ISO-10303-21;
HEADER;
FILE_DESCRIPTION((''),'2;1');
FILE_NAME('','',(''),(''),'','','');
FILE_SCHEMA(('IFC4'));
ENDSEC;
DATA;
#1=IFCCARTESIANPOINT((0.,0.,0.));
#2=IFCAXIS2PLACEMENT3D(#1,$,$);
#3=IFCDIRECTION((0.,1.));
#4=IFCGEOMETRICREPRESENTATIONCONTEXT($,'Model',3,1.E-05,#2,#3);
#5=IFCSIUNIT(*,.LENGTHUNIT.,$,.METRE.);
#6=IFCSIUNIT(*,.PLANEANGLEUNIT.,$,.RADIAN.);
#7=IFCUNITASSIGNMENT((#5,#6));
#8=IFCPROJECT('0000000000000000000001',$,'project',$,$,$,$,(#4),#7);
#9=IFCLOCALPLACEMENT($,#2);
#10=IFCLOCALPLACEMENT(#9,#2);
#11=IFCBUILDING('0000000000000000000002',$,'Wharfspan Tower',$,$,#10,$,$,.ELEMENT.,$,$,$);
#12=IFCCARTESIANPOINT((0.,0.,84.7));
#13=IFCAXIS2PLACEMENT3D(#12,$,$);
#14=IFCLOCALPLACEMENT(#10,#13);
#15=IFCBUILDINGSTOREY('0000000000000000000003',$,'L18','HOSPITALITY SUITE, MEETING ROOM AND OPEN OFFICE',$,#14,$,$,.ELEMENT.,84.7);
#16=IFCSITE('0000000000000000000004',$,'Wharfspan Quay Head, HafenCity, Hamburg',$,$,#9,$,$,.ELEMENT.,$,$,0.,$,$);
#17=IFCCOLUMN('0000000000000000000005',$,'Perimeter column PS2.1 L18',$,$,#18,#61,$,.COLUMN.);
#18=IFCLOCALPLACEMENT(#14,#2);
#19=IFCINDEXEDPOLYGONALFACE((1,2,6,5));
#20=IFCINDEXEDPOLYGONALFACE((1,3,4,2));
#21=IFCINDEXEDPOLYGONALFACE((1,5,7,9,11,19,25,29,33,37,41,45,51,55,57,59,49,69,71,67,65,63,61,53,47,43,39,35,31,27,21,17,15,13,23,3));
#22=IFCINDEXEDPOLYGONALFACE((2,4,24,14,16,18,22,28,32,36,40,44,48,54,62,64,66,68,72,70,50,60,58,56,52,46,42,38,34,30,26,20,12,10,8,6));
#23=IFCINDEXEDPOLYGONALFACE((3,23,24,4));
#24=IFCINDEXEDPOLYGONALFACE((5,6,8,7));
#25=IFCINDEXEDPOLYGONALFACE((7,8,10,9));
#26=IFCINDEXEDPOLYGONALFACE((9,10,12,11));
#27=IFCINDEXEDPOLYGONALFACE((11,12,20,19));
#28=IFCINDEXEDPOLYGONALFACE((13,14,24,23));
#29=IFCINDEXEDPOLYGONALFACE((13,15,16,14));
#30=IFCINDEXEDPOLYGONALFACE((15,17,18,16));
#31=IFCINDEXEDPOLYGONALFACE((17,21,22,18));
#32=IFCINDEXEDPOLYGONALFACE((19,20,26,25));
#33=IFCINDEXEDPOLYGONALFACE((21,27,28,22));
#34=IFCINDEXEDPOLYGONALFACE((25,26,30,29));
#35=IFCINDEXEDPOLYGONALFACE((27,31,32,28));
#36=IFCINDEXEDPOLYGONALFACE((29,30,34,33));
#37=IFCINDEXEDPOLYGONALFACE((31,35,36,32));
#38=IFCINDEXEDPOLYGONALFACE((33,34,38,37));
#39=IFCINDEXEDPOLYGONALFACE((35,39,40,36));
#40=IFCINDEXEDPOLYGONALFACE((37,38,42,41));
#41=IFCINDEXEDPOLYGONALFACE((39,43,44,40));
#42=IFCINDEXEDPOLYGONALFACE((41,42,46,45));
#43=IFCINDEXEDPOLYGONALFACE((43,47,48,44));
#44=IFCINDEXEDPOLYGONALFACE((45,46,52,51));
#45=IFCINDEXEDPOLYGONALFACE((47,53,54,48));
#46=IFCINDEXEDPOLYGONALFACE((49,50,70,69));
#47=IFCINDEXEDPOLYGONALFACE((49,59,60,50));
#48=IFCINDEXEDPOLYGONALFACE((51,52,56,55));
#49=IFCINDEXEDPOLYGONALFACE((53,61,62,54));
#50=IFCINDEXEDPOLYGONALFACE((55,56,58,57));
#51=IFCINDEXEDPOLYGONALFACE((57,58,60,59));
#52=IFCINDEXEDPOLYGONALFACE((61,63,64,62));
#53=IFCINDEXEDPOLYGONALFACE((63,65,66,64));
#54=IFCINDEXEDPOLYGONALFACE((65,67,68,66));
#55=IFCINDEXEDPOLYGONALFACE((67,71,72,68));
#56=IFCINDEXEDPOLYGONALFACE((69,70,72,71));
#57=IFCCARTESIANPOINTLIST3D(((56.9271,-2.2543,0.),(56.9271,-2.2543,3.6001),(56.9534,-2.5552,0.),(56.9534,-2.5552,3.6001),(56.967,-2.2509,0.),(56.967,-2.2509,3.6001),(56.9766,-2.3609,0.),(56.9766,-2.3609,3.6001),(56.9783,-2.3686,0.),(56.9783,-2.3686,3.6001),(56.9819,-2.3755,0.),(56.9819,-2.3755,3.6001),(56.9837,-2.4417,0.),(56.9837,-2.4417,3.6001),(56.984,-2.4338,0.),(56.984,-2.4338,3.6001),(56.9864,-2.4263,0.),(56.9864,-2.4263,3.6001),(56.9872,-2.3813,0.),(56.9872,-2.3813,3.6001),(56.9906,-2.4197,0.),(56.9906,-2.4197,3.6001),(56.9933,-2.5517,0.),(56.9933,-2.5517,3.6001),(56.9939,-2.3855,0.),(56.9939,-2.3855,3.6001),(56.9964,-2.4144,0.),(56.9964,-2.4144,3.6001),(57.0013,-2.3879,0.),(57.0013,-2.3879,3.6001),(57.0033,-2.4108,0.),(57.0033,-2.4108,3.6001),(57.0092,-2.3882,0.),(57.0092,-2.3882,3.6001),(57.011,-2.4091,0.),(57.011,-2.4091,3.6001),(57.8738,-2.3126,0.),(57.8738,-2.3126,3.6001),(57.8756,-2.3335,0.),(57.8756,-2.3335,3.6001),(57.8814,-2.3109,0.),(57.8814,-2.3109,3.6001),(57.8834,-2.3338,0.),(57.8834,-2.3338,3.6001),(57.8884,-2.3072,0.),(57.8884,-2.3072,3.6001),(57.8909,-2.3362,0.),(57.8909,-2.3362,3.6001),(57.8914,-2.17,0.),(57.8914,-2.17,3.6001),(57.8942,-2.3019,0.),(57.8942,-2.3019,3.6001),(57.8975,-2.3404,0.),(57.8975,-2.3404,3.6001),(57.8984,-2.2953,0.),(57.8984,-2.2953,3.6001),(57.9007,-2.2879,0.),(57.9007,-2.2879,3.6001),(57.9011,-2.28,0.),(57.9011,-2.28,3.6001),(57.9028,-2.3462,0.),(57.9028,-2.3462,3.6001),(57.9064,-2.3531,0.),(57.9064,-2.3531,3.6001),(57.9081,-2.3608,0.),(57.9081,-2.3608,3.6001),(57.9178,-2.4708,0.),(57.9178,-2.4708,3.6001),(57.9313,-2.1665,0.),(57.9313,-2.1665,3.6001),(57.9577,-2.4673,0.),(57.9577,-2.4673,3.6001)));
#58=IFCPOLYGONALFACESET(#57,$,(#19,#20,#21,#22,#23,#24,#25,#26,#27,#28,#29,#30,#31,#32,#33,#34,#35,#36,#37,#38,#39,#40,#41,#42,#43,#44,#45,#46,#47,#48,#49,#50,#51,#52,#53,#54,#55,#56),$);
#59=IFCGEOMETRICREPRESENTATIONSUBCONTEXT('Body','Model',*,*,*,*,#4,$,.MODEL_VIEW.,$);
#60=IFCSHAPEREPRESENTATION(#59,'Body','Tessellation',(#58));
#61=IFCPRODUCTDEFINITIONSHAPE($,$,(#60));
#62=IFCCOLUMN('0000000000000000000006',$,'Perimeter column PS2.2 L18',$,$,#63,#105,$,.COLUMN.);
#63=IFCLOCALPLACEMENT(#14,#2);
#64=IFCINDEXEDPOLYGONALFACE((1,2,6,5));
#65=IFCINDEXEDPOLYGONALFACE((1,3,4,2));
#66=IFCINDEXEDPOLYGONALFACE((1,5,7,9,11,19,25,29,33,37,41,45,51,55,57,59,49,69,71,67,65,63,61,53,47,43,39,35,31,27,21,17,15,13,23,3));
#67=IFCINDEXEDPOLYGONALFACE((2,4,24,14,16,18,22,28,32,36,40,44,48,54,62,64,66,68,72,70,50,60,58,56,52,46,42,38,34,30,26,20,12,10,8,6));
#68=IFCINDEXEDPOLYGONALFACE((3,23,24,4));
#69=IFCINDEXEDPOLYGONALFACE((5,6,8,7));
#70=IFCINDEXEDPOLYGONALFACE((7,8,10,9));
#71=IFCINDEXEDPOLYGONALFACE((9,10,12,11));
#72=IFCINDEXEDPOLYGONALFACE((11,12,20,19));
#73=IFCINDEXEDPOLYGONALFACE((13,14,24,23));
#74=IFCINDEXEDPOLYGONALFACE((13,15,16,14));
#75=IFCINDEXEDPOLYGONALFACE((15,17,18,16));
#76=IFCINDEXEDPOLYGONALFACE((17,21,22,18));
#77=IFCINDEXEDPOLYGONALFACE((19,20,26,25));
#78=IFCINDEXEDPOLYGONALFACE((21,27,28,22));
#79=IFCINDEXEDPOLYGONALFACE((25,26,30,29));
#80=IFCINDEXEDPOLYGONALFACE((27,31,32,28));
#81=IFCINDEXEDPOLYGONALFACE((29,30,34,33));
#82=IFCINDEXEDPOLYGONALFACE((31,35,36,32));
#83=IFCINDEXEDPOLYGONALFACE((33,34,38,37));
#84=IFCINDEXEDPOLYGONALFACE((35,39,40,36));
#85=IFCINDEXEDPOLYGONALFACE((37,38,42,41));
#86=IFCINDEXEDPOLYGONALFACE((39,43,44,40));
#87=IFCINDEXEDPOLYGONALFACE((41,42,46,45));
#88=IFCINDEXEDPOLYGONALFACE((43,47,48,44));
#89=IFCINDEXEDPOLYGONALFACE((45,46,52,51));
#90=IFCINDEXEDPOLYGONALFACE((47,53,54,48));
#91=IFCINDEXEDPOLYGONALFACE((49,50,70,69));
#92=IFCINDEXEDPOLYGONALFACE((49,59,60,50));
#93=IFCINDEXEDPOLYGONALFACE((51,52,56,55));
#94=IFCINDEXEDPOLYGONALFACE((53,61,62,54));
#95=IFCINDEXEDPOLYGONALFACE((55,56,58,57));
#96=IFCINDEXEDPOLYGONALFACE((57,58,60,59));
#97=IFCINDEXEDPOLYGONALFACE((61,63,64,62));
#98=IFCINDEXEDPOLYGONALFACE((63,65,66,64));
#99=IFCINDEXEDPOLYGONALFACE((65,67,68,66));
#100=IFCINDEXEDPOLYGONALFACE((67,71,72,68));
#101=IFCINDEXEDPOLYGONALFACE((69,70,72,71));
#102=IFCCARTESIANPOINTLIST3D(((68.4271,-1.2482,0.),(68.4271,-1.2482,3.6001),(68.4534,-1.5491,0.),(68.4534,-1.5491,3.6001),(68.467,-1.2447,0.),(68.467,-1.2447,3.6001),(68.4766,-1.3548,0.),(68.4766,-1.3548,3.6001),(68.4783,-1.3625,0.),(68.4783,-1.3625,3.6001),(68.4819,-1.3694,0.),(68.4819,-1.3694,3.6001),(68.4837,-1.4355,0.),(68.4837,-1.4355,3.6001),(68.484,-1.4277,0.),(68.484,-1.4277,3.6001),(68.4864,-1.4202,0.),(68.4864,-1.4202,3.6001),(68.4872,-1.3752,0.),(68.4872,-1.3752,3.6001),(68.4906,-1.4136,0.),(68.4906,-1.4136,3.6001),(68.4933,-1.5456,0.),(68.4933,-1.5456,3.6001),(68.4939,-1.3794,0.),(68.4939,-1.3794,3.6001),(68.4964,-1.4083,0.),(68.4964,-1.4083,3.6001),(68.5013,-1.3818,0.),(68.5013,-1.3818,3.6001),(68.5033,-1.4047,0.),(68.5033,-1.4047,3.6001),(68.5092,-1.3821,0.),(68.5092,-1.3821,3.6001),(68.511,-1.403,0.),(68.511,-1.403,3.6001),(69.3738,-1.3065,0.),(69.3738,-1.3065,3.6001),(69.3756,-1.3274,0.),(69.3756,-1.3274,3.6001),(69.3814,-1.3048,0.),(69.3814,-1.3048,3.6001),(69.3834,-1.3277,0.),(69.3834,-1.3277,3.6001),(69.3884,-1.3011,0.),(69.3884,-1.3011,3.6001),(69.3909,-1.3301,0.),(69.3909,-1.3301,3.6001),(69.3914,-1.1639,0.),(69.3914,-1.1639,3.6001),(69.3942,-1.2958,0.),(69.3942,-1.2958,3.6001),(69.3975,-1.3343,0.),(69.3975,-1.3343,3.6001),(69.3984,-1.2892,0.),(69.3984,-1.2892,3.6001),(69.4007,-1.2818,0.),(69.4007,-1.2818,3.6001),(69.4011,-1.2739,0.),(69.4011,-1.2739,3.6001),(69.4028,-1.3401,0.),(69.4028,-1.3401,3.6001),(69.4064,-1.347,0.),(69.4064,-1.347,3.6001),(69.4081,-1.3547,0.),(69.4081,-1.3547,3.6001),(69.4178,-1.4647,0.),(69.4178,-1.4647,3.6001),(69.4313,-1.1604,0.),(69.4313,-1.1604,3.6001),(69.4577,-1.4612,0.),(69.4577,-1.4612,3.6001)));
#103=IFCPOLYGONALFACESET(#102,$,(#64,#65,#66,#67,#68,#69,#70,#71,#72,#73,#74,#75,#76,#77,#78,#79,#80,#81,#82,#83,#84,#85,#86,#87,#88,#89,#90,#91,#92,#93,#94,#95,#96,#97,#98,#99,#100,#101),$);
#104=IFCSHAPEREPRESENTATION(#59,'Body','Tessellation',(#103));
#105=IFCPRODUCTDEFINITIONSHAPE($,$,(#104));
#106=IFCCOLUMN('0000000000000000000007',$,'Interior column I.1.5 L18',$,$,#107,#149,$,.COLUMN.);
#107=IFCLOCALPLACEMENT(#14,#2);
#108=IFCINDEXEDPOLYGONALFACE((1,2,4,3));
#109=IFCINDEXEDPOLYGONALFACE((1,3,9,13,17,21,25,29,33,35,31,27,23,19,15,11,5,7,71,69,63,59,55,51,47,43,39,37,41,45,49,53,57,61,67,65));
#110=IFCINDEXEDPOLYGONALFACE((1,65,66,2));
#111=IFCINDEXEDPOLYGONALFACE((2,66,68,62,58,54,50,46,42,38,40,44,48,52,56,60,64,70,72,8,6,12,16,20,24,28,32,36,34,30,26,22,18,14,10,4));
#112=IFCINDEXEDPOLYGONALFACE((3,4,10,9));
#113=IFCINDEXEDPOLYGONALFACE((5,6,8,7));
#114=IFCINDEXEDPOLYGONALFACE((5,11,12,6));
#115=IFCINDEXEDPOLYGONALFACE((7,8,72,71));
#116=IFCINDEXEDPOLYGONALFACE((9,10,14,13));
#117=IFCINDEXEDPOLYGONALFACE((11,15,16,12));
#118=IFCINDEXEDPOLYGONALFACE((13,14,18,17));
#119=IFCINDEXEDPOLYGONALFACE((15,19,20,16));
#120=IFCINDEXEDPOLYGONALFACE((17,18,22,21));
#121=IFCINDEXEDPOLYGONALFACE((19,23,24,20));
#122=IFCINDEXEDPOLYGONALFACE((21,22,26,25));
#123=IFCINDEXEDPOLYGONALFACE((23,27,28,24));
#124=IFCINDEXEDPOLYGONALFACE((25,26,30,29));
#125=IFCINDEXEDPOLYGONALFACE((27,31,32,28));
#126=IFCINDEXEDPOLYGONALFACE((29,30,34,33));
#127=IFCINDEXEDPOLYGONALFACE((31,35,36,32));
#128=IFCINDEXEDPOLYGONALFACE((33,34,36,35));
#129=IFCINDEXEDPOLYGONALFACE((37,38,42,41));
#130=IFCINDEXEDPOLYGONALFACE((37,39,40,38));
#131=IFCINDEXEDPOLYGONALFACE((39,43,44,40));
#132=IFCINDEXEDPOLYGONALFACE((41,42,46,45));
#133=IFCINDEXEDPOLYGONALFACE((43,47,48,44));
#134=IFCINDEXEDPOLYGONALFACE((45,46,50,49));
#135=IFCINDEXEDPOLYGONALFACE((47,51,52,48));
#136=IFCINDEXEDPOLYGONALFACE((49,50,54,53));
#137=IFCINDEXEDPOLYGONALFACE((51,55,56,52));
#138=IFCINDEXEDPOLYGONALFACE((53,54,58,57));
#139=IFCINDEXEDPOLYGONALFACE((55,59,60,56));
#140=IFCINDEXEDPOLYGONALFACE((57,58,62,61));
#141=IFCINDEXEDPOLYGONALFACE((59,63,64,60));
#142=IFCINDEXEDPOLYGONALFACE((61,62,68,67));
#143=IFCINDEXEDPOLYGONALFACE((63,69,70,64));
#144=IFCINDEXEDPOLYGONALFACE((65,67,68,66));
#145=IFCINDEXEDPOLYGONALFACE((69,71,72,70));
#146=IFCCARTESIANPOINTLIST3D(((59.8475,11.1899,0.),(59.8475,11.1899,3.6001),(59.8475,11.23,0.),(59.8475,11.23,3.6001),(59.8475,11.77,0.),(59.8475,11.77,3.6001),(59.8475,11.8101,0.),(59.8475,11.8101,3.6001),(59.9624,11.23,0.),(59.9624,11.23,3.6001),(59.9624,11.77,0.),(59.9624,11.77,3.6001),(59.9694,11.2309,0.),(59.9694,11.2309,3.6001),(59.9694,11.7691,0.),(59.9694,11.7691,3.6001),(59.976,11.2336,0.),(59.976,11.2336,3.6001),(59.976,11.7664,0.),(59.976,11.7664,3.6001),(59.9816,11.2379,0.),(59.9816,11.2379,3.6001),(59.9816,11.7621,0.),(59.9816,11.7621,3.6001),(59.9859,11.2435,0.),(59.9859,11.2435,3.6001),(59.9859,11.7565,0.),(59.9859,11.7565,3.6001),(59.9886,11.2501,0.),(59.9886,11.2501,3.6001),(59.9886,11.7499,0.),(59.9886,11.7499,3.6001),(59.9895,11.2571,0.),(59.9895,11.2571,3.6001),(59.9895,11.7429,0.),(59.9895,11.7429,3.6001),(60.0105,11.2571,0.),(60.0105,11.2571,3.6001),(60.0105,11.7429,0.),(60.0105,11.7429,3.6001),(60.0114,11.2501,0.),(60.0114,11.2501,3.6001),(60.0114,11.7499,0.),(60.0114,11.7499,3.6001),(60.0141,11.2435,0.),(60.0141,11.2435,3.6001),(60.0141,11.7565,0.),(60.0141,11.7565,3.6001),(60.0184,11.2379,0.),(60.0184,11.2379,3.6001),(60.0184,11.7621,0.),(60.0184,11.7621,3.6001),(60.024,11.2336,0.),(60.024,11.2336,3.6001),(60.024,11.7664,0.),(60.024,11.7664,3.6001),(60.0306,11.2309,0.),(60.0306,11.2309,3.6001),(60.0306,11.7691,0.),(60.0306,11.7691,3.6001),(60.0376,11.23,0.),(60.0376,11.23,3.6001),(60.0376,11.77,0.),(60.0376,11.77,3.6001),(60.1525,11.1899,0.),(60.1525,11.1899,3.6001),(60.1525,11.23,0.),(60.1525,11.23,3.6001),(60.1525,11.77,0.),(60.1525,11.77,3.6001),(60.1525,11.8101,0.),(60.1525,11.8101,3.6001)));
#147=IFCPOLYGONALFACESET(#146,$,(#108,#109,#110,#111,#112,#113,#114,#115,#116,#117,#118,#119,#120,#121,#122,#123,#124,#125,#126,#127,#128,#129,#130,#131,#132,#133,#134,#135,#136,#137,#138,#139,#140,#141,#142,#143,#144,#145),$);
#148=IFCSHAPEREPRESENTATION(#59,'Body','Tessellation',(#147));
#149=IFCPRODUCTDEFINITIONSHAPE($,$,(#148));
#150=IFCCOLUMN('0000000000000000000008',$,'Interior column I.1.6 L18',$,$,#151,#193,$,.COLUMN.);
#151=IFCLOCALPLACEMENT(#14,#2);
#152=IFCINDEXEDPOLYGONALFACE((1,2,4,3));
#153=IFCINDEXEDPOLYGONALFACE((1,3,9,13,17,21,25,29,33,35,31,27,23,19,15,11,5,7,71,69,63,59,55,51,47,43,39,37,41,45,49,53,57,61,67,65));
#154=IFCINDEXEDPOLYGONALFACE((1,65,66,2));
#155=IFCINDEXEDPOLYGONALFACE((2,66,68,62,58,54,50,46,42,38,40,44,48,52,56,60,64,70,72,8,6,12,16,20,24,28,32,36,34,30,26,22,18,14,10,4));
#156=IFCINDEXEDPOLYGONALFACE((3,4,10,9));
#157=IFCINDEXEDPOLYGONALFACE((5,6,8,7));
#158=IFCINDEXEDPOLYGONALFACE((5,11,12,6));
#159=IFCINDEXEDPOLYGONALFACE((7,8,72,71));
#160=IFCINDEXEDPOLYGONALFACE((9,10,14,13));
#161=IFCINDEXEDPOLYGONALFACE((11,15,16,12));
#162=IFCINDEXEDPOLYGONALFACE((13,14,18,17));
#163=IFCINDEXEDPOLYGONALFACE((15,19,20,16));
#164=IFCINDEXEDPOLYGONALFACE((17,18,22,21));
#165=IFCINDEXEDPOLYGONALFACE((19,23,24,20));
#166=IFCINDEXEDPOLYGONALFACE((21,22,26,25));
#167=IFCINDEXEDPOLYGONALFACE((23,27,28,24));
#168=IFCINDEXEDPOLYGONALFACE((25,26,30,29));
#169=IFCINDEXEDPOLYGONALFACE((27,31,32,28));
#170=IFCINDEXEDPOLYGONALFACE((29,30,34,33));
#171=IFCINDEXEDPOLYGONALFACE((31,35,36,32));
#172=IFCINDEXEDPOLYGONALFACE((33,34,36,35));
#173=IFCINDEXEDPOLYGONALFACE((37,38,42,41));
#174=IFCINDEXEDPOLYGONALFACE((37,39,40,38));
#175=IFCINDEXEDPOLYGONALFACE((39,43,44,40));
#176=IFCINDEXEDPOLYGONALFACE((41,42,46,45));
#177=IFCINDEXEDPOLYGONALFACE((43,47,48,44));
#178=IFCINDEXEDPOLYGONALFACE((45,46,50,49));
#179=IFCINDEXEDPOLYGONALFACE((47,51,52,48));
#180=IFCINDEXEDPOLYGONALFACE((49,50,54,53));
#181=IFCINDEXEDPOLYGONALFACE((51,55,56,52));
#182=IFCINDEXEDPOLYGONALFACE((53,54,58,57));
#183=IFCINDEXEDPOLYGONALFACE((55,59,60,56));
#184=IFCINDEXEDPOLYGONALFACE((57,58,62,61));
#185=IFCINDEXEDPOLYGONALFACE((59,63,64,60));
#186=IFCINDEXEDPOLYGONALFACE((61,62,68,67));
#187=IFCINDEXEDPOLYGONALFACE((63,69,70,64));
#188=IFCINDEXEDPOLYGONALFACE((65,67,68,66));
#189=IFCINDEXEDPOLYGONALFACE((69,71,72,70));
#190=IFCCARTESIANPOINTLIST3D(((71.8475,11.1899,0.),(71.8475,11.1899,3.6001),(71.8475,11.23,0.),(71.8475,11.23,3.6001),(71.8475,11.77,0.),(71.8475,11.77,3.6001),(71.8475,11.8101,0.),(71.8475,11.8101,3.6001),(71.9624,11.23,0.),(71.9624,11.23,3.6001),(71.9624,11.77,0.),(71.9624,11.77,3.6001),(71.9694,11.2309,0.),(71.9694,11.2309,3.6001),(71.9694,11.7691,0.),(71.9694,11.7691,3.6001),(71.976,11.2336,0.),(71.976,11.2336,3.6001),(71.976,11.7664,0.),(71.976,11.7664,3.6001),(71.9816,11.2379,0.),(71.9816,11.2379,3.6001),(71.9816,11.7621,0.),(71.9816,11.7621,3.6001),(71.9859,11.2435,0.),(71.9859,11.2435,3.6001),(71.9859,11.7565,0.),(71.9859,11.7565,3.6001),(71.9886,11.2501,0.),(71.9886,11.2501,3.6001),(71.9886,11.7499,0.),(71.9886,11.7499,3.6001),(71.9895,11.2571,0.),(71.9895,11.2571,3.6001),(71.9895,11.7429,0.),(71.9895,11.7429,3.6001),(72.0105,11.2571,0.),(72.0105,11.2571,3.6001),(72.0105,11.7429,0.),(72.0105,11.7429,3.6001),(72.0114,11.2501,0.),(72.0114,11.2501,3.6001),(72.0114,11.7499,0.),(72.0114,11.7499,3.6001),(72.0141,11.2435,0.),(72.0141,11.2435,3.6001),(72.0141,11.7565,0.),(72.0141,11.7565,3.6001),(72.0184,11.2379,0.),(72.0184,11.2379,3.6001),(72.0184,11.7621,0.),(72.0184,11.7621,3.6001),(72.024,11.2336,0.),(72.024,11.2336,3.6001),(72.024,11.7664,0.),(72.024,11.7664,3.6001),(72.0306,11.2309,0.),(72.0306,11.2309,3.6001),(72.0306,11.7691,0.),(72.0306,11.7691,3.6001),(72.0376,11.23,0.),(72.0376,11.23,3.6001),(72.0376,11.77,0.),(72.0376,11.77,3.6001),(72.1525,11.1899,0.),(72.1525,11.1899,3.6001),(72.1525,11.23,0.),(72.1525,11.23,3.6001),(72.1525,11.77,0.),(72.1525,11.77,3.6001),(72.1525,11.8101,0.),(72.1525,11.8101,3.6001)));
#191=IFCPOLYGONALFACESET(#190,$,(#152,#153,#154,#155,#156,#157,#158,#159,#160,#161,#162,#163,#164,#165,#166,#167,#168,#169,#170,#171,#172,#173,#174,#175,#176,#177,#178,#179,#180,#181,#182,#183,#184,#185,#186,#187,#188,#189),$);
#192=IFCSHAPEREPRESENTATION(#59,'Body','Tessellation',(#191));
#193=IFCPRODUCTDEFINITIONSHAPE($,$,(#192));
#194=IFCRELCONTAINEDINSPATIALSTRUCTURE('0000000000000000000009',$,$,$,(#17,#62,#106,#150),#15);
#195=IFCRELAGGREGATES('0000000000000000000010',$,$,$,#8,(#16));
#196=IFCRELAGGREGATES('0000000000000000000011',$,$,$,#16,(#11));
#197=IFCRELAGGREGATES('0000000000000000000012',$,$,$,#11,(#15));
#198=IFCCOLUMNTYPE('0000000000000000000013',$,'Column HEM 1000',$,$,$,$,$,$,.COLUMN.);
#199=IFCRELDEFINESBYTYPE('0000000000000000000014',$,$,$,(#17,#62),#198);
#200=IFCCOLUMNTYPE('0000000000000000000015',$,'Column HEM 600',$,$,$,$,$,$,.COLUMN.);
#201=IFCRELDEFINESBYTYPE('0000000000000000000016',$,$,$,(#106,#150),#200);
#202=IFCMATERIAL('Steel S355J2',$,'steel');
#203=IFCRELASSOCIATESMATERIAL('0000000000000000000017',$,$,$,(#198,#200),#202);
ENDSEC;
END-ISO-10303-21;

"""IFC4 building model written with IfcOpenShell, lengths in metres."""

from ifc_helpers import new_model, si_unit, direction, frame, origin, origin_2d, place, context, subcontext, project, spatial, i_section, extrude, material, material_profile, profile_set, type_object, element, save


model = new_model("IFC4")

# Units and contexts
model_context = context("Model", 3, precision=1e-05, world=origin(), true_north=direction((0.0, 1.0)))
body_context = subcontext(model_context, "Body", "Model", "MODEL_VIEW")
ifc_project = project(units=[si_unit("LENGTHUNIT", "METRE"), si_unit("PLANEANGLEUNIT", "RADIAN")], contexts=[model_context])

# Site, building, storey
site_placement = place(None, origin())
site = spatial("IfcSite", under=ifc_project, at=site_placement, Name="Wharfspan Quay Head, HafenCity, Hamburg", CompositionType="ELEMENT", RefElevation=0.0)
building_placement = place(site_placement, origin())
building = spatial("IfcBuilding", under=site, at=building_placement, Name="Wharfspan Tower", CompositionType="ELEMENT")
storey_placement = place(building_placement, frame((0.0, 0.0, 84.7)))
storey = spatial("IfcBuildingStorey", under=building, at=storey_placement, Name="L18", Description="HOSPITALITY SUITE, MEETING ROOM AND OPEN OFFICE", CompositionType="ELEMENT", Elevation=84.7)

# Columns
ifc_material_1 = material(Name="Steel S355J2", Category="steel")
ifc_material_profile_1 = material_profile(ifc_material_1, i_section(OverallWidth=0.302, OverallDepth=1.0081, WebThickness=0.021, FlangeThickness=0.04, FilletRadius=0.03, at=origin_2d()))
ifc_profile_set_1 = profile_set([ifc_material_profile_1], Name="Steel S355J2")
column_type_1 = type_object("IfcColumnType", Name="Column HEM 1000", PredefinedType="COLUMN", material=ifc_profile_set_1)
for number, where, z_axis, x_axis, name in (
    (1, (57.4424, -2.3608, 0.0), (0.0, 0.0, 1.0), (0.087156, -0.996198, 0.0), "Perimeter column PS2.1 L18"),
    (2, (68.9424, -1.3547, 0.0), (0.0, 0.0, 1.0), (0.087156, -0.996198, 0.0), "Perimeter column PS2.2 L18"),
):
    element("IfcColumn", number, at=place(storey_placement, frame(where, z_axis=z_axis, x_axis=x_axis)), inside=storey, type_object=column_type_1, Name=name, PredefinedType="COLUMN", context=body_context, shape_type="SweptSolid", body=[
        extrude(i_section(OverallWidth=0.302, OverallDepth=1.0081, WebThickness=0.021, FlangeThickness=0.04, FilletRadius=0.03, at=origin_2d()), origin(), (0.0, 0.0, 1.0), 3.6001),
    ])
ifc_material_profile_2 = material_profile(ifc_material_1, i_section(OverallWidth=0.3049, OverallDepth=0.6201, WebThickness=0.021, FlangeThickness=0.04, FilletRadius=0.0271, at=origin_2d()))
ifc_profile_set_2 = profile_set([ifc_material_profile_2], Name="Steel S355J2")
column_type_2 = type_object("IfcColumnType", Name="Column HEM 600", PredefinedType="COLUMN", material=ifc_profile_set_2)
for number, where, z_axis, x_axis, name in (
    (3, (60.0, 11.5, 0.0), (0.0, 0.0, 1.0), (1.0, 0.0, 0.0), "Interior column I.1.5 L18"),
    (4, (72.0, 11.5, 0.0), (0.0, 0.0, 1.0), (1.0, 0.0, 0.0), "Interior column I.1.6 L18"),
):
    element("IfcColumn", number, at=place(storey_placement, frame(where, z_axis=z_axis, x_axis=x_axis)), inside=storey, type_object=column_type_2, Name=name, PredefinedType="COLUMN", context=body_context, shape_type="SweptSolid", body=[
        extrude(i_section(OverallWidth=0.3049, OverallDepth=0.6201, WebThickness=0.021, FlangeThickness=0.04, FilletRadius=0.0271, at=origin_2d()), origin(), (0.0, 0.0, 1.0), 3.6001),
    ])

save(model, "model.ifc")
